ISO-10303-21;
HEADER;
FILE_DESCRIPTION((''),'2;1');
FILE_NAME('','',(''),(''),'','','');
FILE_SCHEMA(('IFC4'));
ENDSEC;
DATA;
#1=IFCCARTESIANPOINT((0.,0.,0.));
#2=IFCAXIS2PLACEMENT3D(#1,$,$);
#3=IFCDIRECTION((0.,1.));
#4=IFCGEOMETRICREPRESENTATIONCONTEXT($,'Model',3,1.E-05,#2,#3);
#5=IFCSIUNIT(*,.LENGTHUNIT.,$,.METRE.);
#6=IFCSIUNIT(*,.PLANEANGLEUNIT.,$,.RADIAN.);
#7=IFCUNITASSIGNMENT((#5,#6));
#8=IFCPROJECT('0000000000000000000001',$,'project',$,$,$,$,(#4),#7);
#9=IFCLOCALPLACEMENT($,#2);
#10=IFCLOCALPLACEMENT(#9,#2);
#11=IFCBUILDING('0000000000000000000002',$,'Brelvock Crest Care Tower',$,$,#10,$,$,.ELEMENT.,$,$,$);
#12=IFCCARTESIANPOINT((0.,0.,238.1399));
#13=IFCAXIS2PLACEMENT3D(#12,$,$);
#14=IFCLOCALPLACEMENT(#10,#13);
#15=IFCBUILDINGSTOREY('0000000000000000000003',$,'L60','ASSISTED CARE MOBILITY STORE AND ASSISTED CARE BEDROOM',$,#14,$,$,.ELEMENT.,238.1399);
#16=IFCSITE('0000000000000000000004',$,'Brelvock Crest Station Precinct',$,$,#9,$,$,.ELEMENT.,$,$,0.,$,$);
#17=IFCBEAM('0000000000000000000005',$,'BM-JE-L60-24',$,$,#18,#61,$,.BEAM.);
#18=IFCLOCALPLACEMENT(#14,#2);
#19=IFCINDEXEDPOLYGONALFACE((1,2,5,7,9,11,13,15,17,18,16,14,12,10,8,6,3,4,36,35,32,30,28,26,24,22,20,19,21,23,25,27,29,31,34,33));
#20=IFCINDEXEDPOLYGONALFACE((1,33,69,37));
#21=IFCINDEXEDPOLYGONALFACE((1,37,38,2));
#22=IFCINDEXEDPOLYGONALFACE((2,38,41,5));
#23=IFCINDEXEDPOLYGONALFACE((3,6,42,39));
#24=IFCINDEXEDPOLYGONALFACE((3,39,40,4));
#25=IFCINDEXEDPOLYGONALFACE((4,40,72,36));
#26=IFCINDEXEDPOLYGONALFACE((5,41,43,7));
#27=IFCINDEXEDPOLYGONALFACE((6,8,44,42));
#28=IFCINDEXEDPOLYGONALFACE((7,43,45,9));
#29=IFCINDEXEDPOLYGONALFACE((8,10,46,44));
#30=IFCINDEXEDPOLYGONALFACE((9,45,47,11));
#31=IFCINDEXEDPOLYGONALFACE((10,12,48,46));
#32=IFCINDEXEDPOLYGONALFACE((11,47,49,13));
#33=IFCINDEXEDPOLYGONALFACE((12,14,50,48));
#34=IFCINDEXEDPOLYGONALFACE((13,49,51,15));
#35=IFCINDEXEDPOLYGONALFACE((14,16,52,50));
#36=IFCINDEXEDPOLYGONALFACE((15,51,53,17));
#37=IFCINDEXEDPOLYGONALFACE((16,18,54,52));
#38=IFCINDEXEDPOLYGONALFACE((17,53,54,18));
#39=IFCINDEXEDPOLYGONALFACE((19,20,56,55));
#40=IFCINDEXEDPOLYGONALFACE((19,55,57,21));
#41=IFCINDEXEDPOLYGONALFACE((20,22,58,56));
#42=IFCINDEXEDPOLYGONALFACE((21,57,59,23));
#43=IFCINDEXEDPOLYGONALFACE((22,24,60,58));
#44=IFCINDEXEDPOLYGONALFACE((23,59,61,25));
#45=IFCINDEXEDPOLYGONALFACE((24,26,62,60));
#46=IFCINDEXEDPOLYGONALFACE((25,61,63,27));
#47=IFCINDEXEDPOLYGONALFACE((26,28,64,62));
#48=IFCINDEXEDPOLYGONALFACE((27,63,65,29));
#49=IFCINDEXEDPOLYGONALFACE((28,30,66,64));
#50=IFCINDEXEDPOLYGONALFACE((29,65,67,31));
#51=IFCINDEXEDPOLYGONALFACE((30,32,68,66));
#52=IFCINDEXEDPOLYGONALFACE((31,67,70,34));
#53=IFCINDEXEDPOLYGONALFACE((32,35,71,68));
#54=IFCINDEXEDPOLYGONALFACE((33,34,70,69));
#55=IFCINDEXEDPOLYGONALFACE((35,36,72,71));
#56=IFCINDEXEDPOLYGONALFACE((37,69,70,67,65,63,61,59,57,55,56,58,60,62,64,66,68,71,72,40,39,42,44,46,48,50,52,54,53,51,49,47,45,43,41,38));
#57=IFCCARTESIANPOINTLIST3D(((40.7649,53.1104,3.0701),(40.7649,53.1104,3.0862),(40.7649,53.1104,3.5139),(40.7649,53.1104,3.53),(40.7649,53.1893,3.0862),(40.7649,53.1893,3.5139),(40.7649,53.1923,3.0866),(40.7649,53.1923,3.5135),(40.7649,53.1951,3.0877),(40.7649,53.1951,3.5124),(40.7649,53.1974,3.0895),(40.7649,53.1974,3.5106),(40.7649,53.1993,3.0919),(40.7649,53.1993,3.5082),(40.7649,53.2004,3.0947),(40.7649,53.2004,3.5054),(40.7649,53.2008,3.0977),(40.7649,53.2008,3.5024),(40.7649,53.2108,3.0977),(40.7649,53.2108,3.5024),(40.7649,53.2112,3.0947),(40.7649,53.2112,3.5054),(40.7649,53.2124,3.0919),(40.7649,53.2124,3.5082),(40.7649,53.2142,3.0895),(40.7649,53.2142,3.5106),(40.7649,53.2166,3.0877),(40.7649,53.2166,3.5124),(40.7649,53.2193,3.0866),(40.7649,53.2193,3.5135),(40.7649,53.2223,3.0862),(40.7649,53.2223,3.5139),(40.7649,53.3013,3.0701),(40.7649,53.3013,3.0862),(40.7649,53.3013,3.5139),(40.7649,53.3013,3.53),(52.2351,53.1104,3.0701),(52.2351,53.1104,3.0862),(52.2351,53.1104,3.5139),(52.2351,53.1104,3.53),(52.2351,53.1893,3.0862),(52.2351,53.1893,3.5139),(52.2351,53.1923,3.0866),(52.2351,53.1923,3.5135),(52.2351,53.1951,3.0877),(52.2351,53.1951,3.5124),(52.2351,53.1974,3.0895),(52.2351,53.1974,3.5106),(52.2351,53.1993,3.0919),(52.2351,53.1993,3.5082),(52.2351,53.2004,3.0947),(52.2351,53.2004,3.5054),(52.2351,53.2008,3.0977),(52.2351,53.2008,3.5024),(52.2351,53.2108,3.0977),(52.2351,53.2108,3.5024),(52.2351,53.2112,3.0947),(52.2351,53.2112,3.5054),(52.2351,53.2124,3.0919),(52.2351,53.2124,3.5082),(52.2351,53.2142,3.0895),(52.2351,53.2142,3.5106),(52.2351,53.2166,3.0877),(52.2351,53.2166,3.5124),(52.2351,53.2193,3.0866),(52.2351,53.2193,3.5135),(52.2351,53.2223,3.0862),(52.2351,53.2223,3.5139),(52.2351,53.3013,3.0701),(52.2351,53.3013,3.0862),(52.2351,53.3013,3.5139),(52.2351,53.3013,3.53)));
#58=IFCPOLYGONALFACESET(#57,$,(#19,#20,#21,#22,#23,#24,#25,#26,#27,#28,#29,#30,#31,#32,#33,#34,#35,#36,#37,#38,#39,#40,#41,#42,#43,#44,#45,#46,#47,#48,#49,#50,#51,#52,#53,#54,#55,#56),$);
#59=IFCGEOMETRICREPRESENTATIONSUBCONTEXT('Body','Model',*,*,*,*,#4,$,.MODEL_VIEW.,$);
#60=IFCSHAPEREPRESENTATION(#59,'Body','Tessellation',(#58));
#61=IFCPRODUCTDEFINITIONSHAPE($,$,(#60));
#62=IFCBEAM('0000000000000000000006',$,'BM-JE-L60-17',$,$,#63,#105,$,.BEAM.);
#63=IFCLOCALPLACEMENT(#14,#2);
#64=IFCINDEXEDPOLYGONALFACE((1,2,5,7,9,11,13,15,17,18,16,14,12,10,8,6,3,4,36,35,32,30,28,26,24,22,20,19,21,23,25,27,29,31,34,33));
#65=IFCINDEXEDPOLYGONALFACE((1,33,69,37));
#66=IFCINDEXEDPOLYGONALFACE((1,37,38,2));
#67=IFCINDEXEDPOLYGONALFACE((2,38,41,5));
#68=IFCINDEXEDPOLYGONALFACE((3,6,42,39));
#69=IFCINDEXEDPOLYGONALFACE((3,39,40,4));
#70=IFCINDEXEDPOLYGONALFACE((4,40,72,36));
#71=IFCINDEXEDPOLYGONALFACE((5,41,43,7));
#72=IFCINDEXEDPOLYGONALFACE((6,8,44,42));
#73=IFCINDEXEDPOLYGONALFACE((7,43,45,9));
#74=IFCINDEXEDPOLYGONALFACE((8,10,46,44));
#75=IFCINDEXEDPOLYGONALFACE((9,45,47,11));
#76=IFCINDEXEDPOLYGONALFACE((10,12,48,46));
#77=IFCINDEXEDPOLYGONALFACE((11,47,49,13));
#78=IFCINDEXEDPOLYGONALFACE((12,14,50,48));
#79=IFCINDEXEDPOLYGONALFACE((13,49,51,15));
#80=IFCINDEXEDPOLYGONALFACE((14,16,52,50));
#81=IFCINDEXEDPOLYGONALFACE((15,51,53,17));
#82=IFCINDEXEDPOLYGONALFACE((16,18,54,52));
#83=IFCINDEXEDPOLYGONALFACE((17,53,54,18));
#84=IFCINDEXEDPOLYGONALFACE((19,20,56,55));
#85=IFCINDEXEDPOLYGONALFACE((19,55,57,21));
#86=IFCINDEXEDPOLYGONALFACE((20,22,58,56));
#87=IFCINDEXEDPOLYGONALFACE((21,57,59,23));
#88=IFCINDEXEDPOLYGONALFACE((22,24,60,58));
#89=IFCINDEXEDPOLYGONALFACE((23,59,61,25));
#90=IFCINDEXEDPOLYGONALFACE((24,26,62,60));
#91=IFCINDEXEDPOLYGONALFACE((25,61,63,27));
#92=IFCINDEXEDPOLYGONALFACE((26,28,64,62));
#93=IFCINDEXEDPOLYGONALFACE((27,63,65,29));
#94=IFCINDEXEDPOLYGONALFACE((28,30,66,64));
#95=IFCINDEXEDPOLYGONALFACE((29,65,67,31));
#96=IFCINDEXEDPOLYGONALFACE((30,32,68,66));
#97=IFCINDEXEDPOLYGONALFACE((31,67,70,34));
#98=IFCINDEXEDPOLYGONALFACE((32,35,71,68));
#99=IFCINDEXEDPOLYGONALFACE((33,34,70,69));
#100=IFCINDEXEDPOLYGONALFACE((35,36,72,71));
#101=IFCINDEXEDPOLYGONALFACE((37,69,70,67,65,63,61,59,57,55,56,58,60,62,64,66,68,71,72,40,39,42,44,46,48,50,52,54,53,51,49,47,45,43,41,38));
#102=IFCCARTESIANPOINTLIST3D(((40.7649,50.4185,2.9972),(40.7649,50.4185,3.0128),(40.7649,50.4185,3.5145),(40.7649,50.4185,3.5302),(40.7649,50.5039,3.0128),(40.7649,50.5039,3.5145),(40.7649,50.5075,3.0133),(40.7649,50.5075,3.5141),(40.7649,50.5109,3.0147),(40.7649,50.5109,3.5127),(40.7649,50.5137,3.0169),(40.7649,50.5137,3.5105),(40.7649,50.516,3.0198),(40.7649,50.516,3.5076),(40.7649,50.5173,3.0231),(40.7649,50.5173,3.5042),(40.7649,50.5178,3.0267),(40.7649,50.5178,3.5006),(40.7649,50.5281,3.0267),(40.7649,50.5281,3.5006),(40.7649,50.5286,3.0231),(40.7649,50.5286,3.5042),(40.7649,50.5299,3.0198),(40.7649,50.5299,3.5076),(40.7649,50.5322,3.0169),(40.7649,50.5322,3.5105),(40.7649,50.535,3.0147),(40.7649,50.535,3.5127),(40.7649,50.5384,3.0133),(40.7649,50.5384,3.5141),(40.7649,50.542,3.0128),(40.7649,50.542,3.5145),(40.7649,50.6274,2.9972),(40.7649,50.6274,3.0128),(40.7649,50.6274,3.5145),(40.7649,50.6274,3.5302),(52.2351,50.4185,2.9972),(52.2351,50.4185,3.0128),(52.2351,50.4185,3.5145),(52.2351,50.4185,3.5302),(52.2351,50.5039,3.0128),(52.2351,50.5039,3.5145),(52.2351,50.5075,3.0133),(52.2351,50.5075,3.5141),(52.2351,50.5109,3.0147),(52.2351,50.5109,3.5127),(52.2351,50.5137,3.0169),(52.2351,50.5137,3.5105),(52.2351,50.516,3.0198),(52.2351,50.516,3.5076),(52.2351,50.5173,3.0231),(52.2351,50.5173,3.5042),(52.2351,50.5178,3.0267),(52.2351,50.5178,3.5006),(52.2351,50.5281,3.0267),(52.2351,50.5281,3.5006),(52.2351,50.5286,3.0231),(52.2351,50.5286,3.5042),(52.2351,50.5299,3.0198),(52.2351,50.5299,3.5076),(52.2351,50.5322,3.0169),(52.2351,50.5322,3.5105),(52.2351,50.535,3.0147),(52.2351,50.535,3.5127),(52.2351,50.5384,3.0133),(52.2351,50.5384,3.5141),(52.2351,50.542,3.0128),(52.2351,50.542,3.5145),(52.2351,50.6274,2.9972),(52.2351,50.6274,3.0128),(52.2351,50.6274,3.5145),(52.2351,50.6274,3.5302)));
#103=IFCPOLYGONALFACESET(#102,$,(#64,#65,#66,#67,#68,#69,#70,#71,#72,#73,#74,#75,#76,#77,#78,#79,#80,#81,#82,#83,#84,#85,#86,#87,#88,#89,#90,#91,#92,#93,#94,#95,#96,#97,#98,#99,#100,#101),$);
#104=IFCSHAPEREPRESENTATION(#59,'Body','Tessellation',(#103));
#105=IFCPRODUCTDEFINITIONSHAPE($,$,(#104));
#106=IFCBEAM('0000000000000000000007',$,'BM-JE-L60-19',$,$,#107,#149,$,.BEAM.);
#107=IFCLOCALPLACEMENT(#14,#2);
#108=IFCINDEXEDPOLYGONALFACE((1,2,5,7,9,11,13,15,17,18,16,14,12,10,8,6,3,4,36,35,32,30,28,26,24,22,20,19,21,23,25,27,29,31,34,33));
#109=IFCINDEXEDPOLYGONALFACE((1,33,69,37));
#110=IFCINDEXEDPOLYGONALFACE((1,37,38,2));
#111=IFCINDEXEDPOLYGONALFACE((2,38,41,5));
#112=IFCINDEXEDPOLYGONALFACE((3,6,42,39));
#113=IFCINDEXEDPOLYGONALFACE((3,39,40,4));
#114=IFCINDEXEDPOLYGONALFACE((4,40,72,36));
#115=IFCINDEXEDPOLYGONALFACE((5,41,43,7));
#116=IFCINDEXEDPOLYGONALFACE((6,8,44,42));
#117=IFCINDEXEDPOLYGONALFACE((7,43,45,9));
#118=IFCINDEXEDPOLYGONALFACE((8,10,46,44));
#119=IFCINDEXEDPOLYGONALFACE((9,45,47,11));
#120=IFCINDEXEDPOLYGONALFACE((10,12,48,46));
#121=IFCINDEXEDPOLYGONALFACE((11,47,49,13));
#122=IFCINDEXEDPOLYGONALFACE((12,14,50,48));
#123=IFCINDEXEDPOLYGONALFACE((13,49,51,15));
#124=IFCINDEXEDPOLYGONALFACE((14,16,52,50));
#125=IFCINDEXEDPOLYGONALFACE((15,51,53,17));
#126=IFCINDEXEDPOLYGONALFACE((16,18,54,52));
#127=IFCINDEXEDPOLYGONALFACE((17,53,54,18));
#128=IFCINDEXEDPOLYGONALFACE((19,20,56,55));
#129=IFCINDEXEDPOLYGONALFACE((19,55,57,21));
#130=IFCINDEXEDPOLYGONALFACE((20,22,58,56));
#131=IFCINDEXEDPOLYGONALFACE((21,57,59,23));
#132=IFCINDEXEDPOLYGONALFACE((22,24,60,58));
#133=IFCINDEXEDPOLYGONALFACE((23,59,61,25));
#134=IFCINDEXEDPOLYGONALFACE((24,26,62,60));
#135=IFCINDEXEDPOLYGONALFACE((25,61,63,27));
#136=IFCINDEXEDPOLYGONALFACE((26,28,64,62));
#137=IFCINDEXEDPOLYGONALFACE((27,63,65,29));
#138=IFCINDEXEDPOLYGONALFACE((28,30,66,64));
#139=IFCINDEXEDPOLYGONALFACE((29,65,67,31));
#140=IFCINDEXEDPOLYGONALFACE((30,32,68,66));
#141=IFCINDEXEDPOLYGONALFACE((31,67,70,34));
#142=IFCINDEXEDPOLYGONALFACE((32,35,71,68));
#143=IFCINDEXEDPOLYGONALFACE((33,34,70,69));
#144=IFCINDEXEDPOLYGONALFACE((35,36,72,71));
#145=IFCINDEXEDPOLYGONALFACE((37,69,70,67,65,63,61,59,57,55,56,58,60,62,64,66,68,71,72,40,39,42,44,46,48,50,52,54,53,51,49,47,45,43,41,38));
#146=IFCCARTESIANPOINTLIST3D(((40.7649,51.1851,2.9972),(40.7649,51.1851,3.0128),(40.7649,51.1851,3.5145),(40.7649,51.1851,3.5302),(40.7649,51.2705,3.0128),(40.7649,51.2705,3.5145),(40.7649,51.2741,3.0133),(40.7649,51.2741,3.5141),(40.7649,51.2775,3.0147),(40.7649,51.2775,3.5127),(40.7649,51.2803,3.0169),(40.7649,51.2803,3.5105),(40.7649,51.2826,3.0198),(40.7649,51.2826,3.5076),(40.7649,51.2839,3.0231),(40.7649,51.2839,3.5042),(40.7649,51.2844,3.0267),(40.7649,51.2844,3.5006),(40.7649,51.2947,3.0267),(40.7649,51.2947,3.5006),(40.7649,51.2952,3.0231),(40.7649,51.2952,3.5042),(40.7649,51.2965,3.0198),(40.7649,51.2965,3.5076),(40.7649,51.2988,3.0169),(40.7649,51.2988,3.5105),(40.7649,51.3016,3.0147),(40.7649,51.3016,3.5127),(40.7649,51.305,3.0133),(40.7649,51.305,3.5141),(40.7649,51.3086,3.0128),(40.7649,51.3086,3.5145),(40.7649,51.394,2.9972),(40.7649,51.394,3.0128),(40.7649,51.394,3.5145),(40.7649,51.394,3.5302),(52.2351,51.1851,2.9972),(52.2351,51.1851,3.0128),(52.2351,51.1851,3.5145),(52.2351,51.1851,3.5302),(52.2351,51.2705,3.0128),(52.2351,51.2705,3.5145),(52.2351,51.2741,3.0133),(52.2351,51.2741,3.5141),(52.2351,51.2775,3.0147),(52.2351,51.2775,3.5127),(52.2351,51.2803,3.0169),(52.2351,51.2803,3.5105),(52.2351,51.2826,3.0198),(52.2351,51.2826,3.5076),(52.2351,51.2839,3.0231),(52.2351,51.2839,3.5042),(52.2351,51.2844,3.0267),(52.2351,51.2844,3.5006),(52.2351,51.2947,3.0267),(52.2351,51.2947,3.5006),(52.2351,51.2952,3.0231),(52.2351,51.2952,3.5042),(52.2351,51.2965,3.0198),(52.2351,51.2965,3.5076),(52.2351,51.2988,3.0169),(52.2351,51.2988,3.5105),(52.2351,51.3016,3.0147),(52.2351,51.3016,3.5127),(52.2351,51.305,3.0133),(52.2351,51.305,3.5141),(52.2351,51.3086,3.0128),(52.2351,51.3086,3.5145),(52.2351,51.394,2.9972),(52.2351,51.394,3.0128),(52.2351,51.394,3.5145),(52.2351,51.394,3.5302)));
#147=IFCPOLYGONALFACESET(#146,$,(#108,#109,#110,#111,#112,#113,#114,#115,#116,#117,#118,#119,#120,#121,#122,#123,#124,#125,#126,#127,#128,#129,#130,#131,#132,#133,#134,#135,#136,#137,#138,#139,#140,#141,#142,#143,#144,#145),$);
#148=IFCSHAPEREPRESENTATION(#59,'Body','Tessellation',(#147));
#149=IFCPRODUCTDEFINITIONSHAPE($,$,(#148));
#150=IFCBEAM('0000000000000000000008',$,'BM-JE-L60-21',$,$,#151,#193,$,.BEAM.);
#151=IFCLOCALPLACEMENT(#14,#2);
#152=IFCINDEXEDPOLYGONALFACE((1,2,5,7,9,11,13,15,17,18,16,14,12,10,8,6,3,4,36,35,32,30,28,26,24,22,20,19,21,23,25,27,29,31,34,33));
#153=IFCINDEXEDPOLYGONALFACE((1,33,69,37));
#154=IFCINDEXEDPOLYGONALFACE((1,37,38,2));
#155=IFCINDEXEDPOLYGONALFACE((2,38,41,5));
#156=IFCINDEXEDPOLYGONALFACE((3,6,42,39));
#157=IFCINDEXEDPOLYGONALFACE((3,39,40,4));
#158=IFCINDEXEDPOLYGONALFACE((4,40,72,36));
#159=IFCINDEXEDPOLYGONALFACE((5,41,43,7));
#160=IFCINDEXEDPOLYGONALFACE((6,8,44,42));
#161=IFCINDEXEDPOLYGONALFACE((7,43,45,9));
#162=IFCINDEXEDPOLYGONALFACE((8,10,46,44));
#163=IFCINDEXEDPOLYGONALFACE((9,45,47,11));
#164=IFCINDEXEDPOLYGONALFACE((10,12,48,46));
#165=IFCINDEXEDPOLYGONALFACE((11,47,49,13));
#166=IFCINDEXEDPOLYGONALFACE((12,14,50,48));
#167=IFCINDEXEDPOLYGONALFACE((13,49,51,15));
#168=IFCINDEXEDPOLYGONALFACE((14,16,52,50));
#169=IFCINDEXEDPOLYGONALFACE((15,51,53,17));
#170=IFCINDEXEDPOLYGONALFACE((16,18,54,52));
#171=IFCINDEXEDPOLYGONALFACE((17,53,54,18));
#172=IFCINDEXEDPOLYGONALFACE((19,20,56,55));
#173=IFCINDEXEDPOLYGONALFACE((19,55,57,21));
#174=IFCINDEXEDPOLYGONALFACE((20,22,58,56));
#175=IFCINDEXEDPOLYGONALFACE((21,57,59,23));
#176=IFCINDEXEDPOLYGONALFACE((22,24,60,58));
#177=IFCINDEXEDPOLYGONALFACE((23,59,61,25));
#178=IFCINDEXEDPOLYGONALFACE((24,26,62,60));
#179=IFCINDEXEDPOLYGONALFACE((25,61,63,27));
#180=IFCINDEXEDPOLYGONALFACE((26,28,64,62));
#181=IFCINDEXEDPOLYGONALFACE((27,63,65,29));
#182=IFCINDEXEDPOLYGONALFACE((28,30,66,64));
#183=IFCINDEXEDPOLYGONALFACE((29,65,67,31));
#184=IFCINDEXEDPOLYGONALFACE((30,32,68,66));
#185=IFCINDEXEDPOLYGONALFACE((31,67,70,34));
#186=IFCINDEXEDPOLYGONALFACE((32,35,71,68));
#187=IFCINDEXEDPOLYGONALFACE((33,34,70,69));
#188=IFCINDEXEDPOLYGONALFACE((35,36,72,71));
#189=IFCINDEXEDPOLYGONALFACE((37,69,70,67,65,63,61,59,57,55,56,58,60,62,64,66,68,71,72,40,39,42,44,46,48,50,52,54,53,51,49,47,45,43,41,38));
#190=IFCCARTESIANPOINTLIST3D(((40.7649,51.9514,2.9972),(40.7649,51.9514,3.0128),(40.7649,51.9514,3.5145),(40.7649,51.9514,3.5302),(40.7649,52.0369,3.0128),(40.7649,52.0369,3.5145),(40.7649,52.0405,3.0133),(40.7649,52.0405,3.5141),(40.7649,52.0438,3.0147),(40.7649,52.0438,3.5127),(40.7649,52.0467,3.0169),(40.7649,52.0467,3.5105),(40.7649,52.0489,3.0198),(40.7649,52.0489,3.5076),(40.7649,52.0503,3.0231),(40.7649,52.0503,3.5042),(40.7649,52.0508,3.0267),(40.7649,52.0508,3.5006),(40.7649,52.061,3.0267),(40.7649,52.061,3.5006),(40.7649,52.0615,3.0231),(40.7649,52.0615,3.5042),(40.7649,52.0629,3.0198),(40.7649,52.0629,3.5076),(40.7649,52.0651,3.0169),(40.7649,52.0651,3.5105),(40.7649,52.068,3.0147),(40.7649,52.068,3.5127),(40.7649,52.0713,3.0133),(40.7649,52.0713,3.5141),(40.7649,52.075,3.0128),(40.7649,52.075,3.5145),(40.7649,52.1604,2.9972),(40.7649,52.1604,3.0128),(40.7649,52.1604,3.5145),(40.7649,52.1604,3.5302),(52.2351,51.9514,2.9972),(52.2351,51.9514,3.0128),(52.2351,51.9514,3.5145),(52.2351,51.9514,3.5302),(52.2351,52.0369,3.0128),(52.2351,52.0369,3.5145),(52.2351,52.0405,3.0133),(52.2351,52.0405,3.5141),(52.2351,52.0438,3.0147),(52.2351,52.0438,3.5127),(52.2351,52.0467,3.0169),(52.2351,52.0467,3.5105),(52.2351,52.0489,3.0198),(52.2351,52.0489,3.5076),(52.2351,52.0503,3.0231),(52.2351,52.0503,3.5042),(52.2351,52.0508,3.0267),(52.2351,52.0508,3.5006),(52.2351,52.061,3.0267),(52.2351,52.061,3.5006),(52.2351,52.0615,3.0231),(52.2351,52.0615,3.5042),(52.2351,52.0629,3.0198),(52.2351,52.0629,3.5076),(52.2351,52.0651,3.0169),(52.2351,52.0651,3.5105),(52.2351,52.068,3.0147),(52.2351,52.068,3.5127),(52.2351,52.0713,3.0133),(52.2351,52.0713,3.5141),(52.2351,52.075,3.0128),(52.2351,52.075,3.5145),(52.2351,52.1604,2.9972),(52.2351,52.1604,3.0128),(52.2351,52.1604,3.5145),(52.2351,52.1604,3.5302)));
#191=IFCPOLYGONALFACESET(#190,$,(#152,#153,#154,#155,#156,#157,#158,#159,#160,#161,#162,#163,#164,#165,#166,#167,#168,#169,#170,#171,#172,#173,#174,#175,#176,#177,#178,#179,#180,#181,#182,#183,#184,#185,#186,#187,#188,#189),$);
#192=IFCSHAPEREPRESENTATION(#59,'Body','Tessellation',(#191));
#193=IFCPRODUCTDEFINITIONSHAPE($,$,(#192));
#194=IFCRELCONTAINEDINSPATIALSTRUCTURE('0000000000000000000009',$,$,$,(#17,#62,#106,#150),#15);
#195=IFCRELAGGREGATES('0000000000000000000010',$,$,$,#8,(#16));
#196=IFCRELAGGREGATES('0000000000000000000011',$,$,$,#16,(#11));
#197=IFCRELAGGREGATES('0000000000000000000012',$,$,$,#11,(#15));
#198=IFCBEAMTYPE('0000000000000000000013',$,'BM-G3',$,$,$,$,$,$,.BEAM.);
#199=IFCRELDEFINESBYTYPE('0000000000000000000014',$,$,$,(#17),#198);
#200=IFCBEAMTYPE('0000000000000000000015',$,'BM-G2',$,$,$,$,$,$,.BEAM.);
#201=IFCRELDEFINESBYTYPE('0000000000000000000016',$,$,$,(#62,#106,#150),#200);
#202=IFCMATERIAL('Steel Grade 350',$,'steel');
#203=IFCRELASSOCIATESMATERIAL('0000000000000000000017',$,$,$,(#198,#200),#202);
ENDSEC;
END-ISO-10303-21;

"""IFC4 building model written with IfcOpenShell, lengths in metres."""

from ifc_helpers import new_model, si_unit, direction, frame, origin, origin_2d, place, context, subcontext, project, spatial, i_section, extrude, source, transform, mapped, material, material_profile, profile_set, type_object, element, save


model = new_model("IFC4")

# Units and contexts
model_context = context("Model", 3, precision=1e-05, world=origin(), true_north=direction((0.0, 1.0)))
body_context = subcontext(model_context, "Body", "Model", "MODEL_VIEW")
ifc_project = project(units=[si_unit("LENGTHUNIT", "METRE"), si_unit("PLANEANGLEUNIT", "RADIAN")], contexts=[model_context])

# Site, building, storey
site_placement = place(None, origin())
site = spatial("IfcSite", under=ifc_project, at=site_placement, Name="Brelvock Crest Station Precinct", CompositionType="ELEMENT", RefElevation=0.0)
building_placement = place(site_placement, origin())
building = spatial("IfcBuilding", under=site, at=building_placement, Name="Brelvock Crest Care Tower", CompositionType="ELEMENT")
storey_placement = place(building_placement, frame((0.0, 0.0, 238.1399)))
storey = spatial("IfcBuildingStorey", under=building, at=storey_placement, Name="L60", Description="ASSISTED CARE MOBILITY STORE AND ASSISTED CARE BEDROOM", CompositionType="ELEMENT", Elevation=238.1399)

# Beams
ifc_material_1 = material(Name="Steel Grade 350", Category="steel")
ifc_material_profile_1 = material_profile(ifc_material_1, i_section(OverallWidth=0.1909, OverallDepth=0.46, WebThickness=0.01, FlangeThickness=0.0161, FilletRadius=0.0115, at=origin_2d()), Name="460UB82.1")
ifc_profile_set_1 = profile_set([ifc_material_profile_1], Name="Steel Grade 350")
beam_type_1 = type_object("IfcBeamType", Name="BM-G3", PredefinedType="BEAM", material=ifc_profile_set_1)
shared_shape_1 = source(origin(), body_context, "Body", "SweptSolid", [
    extrude(i_section(OverallWidth=0.1909, OverallDepth=0.46, WebThickness=0.01, FlangeThickness=0.0161, FilletRadius=0.0115, at=origin_2d()), origin(), (0.0, 0.0, 1.0), 11.4702),
])
for number, where, z_axis, x_axis, name in (
    (1, (40.7649, 53.2058, 3.3), (1.0, 0.0, 0.0), (0.0, 1.0, 0.0), "BM-JE-L60-24"),
):
    element("IfcBeam", number, at=place(storey_placement, frame(where, z_axis=z_axis, x_axis=x_axis)), inside=storey, type_object=beam_type_1, Name=name, PredefinedType="BEAM", context=body_context, shape_type="MappedRepresentation", body=[
        mapped(shared_shape_1, transform((0.0, 0.0, 0.0), x_axis=(1.0, 0.0, 0.0), y_axis=(0.0, 1.0, 0.0), z_axis=(0.0, 0.0, 1.0), scale=1.0)),
    ])
ifc_material_profile_2 = material_profile(ifc_material_1, i_section(OverallWidth=0.209, OverallDepth=0.533, WebThickness=0.0103, FlangeThickness=0.0156, FilletRadius=0.0139, at=origin_2d()), Name="530UB92.4")
ifc_profile_set_2 = profile_set([ifc_material_profile_2], Name="Steel Grade 350")
beam_type_2 = type_object("IfcBeamType", Name="BM-G2", PredefinedType="BEAM", material=ifc_profile_set_2)
shared_shape_2 = source(origin(), body_context, "Body", "SweptSolid", [
    extrude(i_section(OverallWidth=0.209, OverallDepth=0.533, WebThickness=0.0103, FlangeThickness=0.0156, FilletRadius=0.0139, at=origin_2d()), origin(), (0.0, 0.0, 1.0), 11.4702),
])
for number, where, z_axis, x_axis, name in (
    (2, (40.7649, 50.5229, 3.2637), (1.0, 0.0, 0.0), (0.0, 1.0, 0.0), "BM-JE-L60-17"),
    (3, (40.7649, 51.2896, 3.2637), (1.0, 0.0, 0.0), (0.0, 1.0, 0.0), "BM-JE-L60-19"),
    (4, (40.7649, 52.0559, 3.2637), (1.0, 0.0, 0.0), (0.0, 1.0, 0.0), "BM-JE-L60-21"),
):
    element("IfcBeam", number, at=place(storey_placement, frame(where, z_axis=z_axis, x_axis=x_axis)), inside=storey, type_object=beam_type_2, Name=name, PredefinedType="BEAM", context=body_context, shape_type="MappedRepresentation", body=[
        mapped(shared_shape_2, transform((0.0, 0.0, 0.0), x_axis=(1.0, 0.0, 0.0), y_axis=(0.0, 1.0, 0.0), z_axis=(0.0, 0.0, 1.0), scale=1.0)),
    ])

save(model, "model.ifc")
